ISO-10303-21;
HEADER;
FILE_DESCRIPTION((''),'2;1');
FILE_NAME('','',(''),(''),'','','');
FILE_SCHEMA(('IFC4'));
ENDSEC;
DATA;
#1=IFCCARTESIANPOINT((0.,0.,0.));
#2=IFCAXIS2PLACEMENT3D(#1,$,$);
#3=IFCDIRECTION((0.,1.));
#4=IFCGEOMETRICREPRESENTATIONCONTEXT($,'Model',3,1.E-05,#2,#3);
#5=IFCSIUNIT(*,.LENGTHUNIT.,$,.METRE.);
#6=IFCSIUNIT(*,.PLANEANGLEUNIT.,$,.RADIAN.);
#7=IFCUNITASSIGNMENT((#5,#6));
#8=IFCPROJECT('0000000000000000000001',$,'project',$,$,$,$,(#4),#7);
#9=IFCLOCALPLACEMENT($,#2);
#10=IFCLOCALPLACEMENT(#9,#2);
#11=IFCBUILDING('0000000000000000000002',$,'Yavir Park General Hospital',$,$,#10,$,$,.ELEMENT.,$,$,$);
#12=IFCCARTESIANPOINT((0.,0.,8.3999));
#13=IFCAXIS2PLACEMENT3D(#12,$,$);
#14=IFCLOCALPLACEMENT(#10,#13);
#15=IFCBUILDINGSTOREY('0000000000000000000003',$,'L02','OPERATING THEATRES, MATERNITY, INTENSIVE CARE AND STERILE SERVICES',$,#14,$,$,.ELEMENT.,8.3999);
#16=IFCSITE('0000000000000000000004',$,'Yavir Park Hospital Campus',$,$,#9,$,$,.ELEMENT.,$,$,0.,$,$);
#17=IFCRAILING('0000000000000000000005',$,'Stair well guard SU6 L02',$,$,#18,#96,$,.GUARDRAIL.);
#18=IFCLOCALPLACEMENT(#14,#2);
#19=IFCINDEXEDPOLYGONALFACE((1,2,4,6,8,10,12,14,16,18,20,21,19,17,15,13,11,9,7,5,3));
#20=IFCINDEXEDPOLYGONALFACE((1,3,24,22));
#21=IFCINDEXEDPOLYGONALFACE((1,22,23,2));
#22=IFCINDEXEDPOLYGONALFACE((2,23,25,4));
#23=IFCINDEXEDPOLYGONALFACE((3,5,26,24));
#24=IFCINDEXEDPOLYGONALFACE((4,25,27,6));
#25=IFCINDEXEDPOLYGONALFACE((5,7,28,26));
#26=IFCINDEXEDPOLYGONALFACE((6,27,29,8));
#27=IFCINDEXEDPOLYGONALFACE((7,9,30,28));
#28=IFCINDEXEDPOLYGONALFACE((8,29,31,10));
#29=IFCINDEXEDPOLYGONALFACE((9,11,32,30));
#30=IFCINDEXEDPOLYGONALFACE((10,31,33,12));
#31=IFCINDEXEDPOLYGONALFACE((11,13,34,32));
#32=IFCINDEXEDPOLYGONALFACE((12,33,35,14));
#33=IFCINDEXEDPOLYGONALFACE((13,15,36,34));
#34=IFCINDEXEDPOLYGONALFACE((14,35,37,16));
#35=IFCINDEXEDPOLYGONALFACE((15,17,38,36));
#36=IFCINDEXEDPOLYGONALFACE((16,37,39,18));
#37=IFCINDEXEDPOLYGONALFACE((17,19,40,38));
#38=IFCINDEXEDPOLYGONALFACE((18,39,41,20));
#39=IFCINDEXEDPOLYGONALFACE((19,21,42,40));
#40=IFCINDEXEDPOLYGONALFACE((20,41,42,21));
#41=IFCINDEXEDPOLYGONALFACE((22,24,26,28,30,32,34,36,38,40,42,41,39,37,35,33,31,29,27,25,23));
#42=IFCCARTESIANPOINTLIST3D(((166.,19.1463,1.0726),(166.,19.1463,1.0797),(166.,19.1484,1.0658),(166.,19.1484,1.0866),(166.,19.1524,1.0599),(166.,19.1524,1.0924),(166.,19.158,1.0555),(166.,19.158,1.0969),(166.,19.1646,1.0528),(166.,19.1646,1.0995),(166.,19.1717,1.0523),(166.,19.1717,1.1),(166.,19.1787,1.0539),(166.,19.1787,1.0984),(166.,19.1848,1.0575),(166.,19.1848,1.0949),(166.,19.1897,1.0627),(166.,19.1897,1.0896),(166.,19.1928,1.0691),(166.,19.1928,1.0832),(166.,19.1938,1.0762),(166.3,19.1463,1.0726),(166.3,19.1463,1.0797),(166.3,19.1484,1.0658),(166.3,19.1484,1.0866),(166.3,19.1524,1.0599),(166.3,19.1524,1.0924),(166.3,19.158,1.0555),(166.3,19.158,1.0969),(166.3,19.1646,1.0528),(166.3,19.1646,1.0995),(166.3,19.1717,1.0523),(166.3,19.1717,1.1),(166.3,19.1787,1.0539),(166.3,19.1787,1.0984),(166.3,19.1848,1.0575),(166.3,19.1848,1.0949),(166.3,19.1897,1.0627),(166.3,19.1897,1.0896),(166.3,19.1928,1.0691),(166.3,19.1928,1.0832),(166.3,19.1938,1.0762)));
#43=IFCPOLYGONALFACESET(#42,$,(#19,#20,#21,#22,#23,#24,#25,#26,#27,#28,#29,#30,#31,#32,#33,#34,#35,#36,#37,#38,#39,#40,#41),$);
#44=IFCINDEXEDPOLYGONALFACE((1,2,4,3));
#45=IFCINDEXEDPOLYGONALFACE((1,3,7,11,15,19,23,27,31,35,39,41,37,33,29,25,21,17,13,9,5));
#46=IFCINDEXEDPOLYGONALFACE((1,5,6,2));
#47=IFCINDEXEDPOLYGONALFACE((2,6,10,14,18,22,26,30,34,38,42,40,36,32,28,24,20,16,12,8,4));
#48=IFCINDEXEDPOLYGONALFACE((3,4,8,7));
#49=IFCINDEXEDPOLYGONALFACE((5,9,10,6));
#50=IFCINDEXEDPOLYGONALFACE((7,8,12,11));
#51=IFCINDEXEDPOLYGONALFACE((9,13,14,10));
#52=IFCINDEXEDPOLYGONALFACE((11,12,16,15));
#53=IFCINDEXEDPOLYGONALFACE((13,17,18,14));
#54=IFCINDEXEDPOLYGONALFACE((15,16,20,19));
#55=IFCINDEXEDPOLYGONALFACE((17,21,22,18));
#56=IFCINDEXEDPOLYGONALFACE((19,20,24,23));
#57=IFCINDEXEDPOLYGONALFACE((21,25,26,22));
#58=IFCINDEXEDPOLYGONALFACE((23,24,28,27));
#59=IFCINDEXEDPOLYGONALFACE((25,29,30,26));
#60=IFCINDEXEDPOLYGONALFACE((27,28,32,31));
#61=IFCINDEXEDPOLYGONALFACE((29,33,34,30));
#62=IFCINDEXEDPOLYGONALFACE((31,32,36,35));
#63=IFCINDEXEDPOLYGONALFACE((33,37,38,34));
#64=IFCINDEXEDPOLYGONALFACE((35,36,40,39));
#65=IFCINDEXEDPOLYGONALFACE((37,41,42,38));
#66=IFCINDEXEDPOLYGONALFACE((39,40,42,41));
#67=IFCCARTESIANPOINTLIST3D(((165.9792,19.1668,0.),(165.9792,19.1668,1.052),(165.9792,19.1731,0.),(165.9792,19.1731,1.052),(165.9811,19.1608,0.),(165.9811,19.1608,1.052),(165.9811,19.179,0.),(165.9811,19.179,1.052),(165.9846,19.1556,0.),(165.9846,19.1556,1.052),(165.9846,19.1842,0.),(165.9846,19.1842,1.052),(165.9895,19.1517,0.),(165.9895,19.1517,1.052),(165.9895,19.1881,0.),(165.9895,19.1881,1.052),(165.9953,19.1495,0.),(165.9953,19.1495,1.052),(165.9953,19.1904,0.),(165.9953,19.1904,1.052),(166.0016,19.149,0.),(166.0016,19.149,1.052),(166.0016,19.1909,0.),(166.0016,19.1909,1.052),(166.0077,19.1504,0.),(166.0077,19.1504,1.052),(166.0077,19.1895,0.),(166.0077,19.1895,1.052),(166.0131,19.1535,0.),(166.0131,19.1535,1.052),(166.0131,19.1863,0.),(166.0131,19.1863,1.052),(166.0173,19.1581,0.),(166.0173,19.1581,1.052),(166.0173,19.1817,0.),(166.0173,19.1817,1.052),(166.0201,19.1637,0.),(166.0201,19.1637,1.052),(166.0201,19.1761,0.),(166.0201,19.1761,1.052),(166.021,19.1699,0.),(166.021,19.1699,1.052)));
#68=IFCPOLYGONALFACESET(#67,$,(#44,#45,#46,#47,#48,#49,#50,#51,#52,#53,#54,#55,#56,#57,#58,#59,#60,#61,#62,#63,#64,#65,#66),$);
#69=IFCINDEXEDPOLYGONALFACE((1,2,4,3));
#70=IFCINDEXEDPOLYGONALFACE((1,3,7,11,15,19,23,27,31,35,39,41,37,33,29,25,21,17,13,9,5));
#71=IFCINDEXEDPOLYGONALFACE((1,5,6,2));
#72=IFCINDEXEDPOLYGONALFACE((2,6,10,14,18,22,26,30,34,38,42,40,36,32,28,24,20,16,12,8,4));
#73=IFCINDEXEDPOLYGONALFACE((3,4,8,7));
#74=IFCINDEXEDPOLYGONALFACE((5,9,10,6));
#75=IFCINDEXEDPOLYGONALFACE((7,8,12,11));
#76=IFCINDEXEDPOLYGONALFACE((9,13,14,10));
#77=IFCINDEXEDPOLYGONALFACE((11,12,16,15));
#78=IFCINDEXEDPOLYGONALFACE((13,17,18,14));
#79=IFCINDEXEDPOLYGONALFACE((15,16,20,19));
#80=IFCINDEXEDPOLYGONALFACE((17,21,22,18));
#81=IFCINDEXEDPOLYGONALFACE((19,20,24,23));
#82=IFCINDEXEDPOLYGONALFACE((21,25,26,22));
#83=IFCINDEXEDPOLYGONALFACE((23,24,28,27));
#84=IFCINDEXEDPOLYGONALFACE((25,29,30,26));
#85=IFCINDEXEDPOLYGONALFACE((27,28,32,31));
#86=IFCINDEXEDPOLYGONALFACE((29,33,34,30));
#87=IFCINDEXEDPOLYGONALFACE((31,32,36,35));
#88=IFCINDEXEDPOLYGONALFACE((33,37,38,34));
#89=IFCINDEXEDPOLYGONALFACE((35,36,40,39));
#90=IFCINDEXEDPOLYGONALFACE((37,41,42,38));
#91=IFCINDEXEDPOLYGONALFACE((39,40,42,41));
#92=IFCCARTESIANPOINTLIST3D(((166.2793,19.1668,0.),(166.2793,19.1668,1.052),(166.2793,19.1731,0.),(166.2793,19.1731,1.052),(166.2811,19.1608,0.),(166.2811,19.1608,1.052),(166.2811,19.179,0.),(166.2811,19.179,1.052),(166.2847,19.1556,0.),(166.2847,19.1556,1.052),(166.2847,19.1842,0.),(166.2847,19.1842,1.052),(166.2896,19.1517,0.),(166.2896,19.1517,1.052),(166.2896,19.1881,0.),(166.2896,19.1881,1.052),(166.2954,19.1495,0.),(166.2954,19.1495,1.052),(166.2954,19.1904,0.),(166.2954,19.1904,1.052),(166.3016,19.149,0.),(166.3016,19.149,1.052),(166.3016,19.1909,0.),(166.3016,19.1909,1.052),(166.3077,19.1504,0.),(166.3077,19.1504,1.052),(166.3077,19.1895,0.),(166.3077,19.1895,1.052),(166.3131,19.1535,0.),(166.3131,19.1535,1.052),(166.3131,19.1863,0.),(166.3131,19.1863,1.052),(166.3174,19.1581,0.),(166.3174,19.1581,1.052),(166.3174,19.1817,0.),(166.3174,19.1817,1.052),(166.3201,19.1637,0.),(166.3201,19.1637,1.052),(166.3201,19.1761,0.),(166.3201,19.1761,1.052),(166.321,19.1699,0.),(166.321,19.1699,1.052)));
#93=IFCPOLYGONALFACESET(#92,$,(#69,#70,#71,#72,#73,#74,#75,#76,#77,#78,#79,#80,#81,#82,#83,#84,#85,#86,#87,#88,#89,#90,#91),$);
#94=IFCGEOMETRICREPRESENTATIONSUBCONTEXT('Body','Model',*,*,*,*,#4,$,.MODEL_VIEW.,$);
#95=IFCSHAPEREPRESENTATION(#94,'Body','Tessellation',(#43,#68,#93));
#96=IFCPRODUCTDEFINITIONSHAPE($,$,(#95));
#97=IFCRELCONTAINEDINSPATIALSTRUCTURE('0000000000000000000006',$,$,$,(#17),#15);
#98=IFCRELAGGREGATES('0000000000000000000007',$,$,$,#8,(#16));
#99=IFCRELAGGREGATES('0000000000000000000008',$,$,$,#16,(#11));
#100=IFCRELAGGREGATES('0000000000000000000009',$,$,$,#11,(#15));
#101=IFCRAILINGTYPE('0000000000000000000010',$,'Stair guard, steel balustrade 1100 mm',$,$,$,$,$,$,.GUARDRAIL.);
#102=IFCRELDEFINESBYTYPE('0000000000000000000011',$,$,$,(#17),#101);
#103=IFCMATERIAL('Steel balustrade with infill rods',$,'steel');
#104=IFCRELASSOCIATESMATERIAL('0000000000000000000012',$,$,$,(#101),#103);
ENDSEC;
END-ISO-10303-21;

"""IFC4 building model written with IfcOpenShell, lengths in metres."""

from ifc_helpers import new_model, si_unit, direction, frame, origin, origin_2d, place, context, subcontext, project, spatial, circle, extrude, material, type_object, element, save


model = new_model("IFC4")

# Units and contexts
model_context = context("Model", 3, precision=1e-05, world=origin(), true_north=direction((0.0, 1.0)))
body_context = subcontext(model_context, "Body", "Model", "MODEL_VIEW")
ifc_project = project(units=[si_unit("LENGTHUNIT", "METRE"), si_unit("PLANEANGLEUNIT", "RADIAN")], contexts=[model_context])

# Site, building, storey
site_placement = place(None, origin())
site = spatial("IfcSite", under=ifc_project, at=site_placement, Name="Yavir Park Hospital Campus", CompositionType="ELEMENT", RefElevation=0.0)
building_placement = place(site_placement, origin())
building = spatial("IfcBuilding", under=site, at=building_placement, Name="Yavir Park General Hospital", CompositionType="ELEMENT")
storey_placement = place(building_placement, frame((0.0, 0.0, 8.3999)))
storey = spatial("IfcBuildingStorey", under=building, at=storey_placement, Name="L02", Description="OPERATING THEATRES, MATERNITY, INTENSIVE CARE AND STERILE SERVICES", CompositionType="ELEMENT", Elevation=8.3999)

# Railing
ifc_material_1 = material(Name="Steel balustrade with infill rods", Category="steel")
railing_type_1 = type_object("IfcRailingType", Name="Stair guard, steel balustrade 1100 mm", PredefinedType="GUARDRAIL", material=ifc_material_1)
railing_placement = place(storey_placement, frame((166.0, 19.1699, 0.0)))
element("IfcRailing", 1, at=railing_placement, inside=storey, type_object=railing_type_1, Name="Stair well guard SU6 L02", PredefinedType="GUARDRAIL", context=body_context, shape_type="SweptSolid", body=[
    extrude(circle(Radius=0.0239, at=origin_2d()), frame((0.0, 0.0, 1.0762), z_axis=(1.0, 0.0, 0.0), x_axis=(0.0, 1.0, 0.0)), (0.0, 0.0, 1.0), 0.3),
    extrude(circle(Radius=0.021, at=origin_2d()), origin(), (0.0, 0.0, 1.0), 1.052),
    extrude(circle(Radius=0.021, at=origin_2d()), frame((0.3, 0.0, 0.0)), (0.0, 0.0, 1.0), 1.052),
])

save(model, "model.ifc")
